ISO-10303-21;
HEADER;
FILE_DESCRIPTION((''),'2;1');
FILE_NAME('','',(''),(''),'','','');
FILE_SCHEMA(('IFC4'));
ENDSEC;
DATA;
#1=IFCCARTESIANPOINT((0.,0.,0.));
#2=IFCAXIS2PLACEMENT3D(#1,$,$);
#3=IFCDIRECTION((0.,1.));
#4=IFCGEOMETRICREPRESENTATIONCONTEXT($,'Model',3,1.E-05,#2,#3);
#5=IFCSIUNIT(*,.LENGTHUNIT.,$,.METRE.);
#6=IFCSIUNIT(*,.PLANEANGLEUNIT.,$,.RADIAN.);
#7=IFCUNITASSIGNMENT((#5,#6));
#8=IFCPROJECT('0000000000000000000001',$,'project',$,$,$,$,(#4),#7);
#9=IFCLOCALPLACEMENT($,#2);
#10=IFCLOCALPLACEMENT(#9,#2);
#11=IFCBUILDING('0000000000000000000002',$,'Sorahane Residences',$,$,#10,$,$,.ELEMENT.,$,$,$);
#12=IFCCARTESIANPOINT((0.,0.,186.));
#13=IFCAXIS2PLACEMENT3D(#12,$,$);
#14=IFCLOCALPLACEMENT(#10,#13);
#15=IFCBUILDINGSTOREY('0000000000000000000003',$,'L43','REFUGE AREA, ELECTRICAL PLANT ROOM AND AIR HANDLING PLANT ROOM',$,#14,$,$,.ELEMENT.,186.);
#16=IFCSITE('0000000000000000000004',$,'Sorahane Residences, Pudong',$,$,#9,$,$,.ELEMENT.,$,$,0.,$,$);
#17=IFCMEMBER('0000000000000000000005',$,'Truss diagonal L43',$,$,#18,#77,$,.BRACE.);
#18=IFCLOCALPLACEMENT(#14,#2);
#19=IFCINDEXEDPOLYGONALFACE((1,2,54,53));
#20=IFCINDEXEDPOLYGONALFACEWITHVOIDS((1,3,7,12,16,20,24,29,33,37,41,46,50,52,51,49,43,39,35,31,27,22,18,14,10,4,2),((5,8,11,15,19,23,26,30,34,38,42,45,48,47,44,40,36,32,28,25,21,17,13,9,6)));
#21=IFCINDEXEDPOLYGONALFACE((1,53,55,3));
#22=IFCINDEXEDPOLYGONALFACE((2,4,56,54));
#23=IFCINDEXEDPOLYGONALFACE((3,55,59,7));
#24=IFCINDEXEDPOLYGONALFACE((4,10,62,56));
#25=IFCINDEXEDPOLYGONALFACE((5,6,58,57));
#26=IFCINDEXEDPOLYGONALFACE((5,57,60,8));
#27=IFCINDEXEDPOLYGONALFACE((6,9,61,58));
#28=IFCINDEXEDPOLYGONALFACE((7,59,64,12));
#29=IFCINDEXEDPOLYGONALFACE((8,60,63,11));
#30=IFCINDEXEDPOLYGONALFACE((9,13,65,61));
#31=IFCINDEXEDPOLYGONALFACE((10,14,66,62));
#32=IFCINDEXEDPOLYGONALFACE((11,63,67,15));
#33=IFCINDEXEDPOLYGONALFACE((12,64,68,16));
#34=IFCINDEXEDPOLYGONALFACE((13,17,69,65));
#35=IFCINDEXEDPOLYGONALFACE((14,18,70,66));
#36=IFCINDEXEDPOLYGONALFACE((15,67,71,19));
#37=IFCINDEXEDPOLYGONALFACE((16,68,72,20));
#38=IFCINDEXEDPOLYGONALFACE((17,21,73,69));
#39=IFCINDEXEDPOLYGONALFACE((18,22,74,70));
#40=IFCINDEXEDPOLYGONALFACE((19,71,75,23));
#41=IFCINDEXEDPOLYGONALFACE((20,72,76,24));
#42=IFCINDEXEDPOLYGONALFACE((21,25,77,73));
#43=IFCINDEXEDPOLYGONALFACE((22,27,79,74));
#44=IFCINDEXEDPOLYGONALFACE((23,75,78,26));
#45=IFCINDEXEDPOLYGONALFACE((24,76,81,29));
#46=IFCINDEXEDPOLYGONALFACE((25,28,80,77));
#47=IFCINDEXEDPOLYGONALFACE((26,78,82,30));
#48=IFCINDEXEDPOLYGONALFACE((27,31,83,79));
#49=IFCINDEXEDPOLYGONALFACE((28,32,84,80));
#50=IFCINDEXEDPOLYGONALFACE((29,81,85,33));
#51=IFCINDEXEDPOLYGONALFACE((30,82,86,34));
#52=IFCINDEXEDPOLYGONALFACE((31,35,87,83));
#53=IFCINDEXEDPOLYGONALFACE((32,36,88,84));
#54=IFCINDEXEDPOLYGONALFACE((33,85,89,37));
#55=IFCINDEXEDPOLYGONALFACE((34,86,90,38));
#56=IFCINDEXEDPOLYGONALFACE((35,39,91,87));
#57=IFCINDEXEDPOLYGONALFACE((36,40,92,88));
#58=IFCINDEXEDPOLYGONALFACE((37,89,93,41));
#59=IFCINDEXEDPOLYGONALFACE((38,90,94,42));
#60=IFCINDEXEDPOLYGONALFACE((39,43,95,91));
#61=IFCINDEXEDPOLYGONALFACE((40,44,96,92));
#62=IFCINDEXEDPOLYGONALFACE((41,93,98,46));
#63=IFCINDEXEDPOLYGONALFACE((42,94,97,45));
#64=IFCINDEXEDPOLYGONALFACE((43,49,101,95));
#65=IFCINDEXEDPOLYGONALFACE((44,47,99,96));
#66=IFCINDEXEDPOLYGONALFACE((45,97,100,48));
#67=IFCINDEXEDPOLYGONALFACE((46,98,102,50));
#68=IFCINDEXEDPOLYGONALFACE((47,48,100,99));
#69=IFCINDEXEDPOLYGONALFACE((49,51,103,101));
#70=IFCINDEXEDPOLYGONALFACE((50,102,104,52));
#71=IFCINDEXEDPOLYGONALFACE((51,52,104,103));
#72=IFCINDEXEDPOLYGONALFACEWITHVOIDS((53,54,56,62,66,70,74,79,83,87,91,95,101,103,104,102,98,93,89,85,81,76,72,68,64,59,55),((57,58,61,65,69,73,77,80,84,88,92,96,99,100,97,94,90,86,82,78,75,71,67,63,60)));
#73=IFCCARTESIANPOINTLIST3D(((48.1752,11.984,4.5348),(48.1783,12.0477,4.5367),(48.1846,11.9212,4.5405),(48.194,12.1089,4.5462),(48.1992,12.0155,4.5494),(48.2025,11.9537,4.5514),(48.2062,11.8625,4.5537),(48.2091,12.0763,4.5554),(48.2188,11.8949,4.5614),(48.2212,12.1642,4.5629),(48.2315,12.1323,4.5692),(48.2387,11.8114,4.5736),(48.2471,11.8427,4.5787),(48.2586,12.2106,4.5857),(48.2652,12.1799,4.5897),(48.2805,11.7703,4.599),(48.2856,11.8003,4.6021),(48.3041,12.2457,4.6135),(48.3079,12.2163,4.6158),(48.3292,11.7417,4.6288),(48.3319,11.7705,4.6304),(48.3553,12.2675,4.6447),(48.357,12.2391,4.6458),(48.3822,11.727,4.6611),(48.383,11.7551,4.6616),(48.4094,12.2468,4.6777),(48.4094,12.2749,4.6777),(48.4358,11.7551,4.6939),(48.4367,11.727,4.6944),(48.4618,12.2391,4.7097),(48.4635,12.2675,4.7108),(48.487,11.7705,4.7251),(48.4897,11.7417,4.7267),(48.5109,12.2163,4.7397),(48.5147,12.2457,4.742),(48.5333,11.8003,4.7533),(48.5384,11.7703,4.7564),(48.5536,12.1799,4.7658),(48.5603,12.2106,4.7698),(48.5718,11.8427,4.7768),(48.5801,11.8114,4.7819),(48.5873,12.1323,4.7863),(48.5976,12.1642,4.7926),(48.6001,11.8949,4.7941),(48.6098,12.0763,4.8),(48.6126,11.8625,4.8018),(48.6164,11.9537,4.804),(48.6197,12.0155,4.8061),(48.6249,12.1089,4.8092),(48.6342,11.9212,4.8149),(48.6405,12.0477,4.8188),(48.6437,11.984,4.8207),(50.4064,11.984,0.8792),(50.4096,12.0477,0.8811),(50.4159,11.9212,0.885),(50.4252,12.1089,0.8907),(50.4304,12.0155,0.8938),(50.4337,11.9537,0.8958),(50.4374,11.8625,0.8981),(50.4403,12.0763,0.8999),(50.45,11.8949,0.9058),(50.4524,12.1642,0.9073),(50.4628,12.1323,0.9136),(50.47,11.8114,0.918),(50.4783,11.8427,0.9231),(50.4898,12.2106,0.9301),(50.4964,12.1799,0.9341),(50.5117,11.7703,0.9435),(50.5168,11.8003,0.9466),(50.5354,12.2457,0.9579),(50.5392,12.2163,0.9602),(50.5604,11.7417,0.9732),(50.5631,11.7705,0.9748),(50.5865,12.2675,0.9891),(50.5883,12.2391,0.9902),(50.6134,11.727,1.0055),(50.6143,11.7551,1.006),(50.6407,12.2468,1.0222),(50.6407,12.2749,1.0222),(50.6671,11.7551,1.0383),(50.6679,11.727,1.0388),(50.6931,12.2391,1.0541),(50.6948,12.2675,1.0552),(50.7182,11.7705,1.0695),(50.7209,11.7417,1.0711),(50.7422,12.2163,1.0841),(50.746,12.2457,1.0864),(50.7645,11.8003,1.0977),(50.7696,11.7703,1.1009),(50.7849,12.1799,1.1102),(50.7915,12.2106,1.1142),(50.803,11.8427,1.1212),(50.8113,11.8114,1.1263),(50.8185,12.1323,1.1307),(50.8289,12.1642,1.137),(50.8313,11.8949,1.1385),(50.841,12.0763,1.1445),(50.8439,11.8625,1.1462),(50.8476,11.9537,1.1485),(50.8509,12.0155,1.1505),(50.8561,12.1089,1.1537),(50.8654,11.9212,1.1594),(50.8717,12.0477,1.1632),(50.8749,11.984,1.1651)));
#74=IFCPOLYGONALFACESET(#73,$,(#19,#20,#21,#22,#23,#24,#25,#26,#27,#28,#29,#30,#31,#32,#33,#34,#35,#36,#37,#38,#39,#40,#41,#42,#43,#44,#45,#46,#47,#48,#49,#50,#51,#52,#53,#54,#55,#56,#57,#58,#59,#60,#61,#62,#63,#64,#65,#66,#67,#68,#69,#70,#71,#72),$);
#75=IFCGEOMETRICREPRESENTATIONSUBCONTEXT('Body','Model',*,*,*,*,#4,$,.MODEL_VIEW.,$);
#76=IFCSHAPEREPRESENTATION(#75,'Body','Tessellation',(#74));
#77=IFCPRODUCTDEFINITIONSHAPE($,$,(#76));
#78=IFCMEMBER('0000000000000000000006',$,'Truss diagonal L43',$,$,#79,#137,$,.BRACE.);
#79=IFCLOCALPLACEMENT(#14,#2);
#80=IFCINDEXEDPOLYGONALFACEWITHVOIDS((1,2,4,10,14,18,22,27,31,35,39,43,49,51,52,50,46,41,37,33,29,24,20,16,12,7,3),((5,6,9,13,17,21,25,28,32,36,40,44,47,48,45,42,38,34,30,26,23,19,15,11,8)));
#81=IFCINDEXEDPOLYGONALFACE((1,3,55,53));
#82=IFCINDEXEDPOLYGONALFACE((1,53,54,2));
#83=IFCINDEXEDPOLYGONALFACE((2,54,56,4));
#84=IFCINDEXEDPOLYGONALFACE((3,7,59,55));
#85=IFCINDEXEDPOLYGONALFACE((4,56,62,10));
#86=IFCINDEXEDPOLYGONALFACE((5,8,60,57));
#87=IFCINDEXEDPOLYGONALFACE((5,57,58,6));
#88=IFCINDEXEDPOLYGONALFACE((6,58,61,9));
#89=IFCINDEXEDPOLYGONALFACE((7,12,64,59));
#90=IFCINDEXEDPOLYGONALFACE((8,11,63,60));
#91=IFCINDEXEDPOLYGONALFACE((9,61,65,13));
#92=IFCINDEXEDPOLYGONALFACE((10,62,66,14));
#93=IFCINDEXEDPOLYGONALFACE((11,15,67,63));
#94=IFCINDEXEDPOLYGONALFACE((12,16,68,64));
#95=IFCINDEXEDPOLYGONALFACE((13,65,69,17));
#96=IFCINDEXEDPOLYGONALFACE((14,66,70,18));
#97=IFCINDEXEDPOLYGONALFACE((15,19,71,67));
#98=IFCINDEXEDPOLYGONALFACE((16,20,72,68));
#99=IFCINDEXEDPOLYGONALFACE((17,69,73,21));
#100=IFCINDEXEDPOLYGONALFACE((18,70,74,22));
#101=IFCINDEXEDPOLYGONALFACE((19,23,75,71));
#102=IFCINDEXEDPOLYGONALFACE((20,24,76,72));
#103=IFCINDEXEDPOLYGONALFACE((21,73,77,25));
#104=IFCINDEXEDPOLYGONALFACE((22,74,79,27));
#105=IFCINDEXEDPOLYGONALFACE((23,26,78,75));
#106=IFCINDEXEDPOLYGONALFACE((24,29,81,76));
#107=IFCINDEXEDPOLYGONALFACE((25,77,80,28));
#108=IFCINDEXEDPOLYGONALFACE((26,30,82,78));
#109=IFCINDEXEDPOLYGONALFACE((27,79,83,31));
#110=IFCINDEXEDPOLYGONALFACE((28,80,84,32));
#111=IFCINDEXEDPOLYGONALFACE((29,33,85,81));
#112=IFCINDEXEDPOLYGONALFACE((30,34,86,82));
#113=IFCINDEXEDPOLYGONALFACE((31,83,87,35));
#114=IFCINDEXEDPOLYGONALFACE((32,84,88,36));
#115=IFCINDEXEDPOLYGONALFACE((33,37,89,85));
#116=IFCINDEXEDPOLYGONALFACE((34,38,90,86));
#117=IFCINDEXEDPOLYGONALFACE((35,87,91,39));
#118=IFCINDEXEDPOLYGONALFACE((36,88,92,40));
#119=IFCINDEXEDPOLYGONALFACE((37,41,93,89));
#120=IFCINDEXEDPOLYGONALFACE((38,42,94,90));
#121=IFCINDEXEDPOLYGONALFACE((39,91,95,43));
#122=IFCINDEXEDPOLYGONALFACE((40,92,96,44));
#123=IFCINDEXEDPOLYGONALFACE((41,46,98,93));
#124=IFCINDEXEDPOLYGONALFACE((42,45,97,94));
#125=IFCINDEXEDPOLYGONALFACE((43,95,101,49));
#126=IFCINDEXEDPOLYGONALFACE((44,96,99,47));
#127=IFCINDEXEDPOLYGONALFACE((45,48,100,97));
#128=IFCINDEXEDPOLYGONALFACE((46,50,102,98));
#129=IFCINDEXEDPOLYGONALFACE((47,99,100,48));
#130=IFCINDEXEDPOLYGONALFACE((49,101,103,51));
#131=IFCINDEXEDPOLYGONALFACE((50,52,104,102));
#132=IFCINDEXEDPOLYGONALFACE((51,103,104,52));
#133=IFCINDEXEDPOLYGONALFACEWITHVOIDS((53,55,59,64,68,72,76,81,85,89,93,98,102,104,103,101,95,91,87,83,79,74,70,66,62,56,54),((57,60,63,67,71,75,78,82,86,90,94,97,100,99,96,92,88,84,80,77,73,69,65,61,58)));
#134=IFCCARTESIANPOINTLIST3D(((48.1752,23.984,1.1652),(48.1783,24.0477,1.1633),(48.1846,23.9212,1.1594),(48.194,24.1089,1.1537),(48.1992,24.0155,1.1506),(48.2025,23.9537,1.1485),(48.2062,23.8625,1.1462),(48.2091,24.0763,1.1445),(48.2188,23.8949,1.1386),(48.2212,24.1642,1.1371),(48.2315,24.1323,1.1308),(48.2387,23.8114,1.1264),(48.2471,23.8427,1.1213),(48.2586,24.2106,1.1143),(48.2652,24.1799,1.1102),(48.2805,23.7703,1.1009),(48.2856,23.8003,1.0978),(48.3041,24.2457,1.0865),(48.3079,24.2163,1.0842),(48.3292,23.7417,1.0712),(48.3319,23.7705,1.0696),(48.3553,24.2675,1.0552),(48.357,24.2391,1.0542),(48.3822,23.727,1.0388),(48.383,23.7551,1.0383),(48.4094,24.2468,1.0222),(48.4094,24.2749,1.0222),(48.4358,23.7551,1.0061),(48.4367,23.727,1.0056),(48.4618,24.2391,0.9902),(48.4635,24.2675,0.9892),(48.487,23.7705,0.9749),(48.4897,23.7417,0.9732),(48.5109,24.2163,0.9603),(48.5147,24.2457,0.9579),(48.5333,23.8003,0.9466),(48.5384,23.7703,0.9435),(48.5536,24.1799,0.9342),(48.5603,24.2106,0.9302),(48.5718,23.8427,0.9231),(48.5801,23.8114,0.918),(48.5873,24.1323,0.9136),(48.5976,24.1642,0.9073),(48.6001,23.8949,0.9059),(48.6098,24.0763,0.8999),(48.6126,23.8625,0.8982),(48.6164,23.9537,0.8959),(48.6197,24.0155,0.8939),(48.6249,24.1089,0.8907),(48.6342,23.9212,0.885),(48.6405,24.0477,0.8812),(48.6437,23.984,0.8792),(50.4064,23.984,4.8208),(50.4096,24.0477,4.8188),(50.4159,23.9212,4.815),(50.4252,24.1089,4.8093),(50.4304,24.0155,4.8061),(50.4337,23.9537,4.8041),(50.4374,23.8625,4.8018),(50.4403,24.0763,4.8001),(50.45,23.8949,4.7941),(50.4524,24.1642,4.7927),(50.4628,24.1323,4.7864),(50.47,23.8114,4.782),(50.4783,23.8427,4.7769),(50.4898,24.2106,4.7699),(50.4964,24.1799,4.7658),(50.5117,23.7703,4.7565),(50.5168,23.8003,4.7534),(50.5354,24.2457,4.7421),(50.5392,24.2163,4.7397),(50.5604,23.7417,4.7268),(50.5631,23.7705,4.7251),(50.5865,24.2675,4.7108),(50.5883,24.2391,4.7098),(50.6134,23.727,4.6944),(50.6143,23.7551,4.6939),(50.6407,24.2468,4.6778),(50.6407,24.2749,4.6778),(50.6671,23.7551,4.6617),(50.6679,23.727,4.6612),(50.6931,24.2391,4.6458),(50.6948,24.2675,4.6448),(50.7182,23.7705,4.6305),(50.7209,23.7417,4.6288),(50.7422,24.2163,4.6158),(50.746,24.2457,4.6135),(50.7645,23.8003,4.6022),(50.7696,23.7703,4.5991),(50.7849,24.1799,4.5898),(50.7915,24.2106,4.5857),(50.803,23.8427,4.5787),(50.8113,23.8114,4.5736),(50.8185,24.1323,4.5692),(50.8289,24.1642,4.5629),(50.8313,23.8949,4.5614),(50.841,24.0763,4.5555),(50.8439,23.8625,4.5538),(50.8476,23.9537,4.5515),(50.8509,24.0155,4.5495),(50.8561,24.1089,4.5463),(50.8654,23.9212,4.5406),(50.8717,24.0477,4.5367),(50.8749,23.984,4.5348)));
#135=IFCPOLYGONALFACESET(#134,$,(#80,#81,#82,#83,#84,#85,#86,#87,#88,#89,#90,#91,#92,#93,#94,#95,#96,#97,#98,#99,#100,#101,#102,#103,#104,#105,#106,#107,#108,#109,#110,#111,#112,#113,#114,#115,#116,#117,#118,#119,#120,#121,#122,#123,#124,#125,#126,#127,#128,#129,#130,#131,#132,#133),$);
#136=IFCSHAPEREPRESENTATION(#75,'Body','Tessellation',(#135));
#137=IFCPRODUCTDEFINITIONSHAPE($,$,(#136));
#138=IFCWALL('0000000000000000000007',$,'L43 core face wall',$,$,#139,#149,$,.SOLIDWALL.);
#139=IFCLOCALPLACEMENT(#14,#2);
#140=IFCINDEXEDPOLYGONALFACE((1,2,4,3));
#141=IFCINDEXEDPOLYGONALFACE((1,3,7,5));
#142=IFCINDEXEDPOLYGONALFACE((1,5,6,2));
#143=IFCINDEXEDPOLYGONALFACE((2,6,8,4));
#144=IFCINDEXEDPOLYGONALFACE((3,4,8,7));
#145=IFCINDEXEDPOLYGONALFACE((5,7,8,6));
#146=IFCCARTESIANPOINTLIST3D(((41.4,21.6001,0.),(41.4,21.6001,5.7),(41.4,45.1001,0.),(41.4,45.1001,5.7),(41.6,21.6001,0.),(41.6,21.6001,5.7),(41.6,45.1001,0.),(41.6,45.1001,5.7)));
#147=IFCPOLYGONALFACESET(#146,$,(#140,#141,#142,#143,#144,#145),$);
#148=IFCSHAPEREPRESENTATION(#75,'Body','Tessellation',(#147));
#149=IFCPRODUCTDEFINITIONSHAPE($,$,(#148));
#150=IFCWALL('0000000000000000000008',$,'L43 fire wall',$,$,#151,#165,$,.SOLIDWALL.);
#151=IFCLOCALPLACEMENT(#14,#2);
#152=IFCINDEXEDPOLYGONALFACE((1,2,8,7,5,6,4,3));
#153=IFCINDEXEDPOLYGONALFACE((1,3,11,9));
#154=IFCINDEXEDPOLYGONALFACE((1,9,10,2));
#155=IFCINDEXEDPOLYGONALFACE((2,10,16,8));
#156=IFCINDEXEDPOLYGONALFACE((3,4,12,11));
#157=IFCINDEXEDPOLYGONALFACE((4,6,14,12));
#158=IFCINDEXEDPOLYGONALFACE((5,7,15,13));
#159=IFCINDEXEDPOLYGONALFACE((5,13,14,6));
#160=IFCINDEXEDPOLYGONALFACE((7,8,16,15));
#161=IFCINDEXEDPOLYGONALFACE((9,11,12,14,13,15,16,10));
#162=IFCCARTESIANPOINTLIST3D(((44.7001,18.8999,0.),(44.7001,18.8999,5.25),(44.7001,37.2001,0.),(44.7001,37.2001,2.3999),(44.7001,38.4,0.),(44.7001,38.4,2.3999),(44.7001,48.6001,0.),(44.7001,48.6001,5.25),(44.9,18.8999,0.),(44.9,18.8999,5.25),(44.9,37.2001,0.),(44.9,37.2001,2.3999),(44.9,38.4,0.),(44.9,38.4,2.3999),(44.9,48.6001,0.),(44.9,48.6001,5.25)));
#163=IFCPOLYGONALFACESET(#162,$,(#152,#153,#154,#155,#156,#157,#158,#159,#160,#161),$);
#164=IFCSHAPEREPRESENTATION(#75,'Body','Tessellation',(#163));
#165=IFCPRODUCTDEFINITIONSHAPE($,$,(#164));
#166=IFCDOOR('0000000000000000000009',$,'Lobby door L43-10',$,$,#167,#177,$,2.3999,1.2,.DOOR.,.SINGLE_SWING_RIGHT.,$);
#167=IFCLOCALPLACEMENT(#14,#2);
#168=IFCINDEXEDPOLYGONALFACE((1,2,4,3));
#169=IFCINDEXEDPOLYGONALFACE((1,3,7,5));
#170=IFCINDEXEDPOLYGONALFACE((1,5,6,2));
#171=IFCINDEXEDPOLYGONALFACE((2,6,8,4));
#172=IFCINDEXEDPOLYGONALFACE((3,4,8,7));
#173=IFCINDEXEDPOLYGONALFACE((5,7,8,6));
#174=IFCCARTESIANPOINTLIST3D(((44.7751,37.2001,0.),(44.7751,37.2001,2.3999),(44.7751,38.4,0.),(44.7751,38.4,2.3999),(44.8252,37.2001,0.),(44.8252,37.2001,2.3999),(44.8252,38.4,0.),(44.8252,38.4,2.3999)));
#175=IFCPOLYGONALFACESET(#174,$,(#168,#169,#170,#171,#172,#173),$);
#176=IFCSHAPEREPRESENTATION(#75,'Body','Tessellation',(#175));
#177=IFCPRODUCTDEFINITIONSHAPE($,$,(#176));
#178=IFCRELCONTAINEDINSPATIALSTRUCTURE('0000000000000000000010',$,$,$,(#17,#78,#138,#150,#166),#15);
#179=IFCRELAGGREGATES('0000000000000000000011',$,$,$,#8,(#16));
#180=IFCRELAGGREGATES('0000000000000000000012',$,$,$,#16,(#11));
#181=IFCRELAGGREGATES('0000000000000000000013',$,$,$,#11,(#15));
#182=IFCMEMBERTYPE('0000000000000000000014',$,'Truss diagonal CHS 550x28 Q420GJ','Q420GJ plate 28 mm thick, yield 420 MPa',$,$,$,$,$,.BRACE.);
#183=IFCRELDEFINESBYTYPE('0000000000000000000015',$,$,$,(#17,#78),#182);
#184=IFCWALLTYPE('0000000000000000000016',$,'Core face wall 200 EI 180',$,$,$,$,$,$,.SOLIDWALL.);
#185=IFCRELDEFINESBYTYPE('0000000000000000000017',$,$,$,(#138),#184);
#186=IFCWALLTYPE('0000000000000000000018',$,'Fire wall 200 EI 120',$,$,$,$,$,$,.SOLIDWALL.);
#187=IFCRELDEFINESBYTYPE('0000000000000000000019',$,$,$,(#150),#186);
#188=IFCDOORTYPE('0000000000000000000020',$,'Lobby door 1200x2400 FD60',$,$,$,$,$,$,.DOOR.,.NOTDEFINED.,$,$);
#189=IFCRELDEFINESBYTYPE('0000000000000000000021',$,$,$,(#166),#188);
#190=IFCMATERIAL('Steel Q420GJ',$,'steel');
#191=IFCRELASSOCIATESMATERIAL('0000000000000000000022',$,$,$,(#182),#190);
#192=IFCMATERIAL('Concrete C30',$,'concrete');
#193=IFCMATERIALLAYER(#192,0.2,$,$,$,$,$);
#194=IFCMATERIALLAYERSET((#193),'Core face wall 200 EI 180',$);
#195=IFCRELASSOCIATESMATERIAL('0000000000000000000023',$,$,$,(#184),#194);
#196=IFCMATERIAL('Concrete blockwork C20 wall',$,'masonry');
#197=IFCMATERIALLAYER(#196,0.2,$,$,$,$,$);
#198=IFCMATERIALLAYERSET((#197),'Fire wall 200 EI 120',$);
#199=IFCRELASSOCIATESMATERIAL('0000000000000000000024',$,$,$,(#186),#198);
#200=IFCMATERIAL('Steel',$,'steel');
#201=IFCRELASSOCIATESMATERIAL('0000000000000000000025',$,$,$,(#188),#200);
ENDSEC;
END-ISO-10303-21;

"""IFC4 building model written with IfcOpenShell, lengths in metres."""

from ifc_helpers import new_model, si_unit, direction, frame, frame_2d, origin, origin_2d, place, context, subcontext, project, spatial, rectangle, hollow_circle, extrude, material, layer, layer_set, material_profile, profile_set, type_object, element, fill, save


model = new_model("IFC4")

# Units and contexts
model_context = context("Model", 3, precision=1e-05, world=origin(), true_north=direction((0.0, 1.0)))
body_context = subcontext(model_context, "Body", "Model", "MODEL_VIEW")
ifc_project = project(units=[si_unit("LENGTHUNIT", "METRE"), si_unit("PLANEANGLEUNIT", "RADIAN")], contexts=[model_context])

# Site, building, storey
site_placement = place(None, origin())
site = spatial("IfcSite", under=ifc_project, at=site_placement, Name="Sorahane Residences, Pudong", CompositionType="ELEMENT", RefElevation=0.0)
building_placement = place(site_placement, origin())
building = spatial("IfcBuilding", under=site, at=building_placement, Name="Sorahane Residences", CompositionType="ELEMENT")
storey_placement = place(building_placement, frame((0.0, 0.0, 186.0)))
storey = spatial("IfcBuildingStorey", under=building, at=storey_placement, Name="L43", Description="REFUGE AREA, ELECTRICAL PLANT ROOM AND AIR HANDLING PLANT ROOM", CompositionType="ELEMENT", Elevation=186.0)

# Members
ifc_material_1 = material(Name="Steel Q420GJ", Category="steel")
ifc_material_profile_1 = material_profile(ifc_material_1, hollow_circle(Radius=0.2749, WallThickness=0.0281, at=origin_2d()), Name="CHS 550x28")
ifc_profile_set_1 = profile_set([ifc_material_profile_1], Name="Steel Q420GJ")
member_type = type_object("IfcMemberType", Name="Truss diagonal CHS 550x28 Q420GJ", Description="Q420GJ plate 28 mm thick, yield 420 MPa", PredefinedType="BRACE", material=ifc_profile_set_1)
for number, where, z_axis, x_axis, name in (
    (1, (48.4094, 12.0, 4.6777), (0.520986, 0.0, -0.853565), (0.0, 1.0, 0.0), "Truss diagonal L43"),
    (2, (48.4094, 24.0, 1.0222), (0.520986, 0.0, 0.853565), (0.0, 1.0, 0.0), "Truss diagonal L43"),
):
    element("IfcMember", number, at=place(storey_placement, frame(where, z_axis=z_axis, x_axis=x_axis)), inside=storey, type_object=member_type, Name=name, PredefinedType="BRACE", context=body_context, shape_type="SweptSolid", body=[
        extrude(hollow_circle(Radius=0.2749, WallThickness=0.0281, at=origin_2d()), origin(), (0.0, 0.0, 1.0), 4.2827),
    ])

# Wall
ifc_material_2 = material(Name="Concrete C30", Category="concrete")
ifc_layer_1 = layer(ifc_material_2, 0.2)
ifc_layer_set_1 = layer_set([ifc_layer_1], Name="Core face wall 200 EI 180")
wall_type_1 = type_object("IfcWallType", Name="Core face wall 200 EI 180", PredefinedType="SOLIDWALL", material=ifc_layer_set_1)
wall_1_placement = place(storey_placement, frame((41.5, 21.6001, 0.0), z_axis=(0.0, 0.0, 1.0), x_axis=(0.0, 1.0, 0.0)))
element("IfcWall", 3, at=wall_1_placement, inside=storey, type_object=wall_type_1, Name="L43 core face wall", PredefinedType="SOLIDWALL", context=body_context, shape_type="SweptSolid", body=[
    extrude(rectangle(XDim=23.5, YDim=0.2, at=frame_2d((11.75, 0.0))), origin(), (0.0, 0.0, 1.0), 5.7),
])

# Wall, opening, door
ifc_material_3 = material(Name="Concrete blockwork C20 wall", Category="masonry")
ifc_layer_2 = layer(ifc_material_3, 0.2)
ifc_layer_set_2 = layer_set([ifc_layer_2], Name="Fire wall 200 EI 120")
wall_type_2 = type_object("IfcWallType", Name="Fire wall 200 EI 120", PredefinedType="SOLIDWALL", material=ifc_layer_set_2)
wall_2_placement = place(storey_placement, frame((44.8, 18.8999, 0.0), z_axis=(0.0, 0.0, 1.0), x_axis=(0.0, 1.0, 0.0)))
wall_2 = element("IfcWall", 4, at=wall_2_placement, inside=storey, type_object=wall_type_2, Name="L43 fire wall", PredefinedType="SOLIDWALL", context=body_context, shape_type="SweptSolid", body=[
    extrude(rectangle(XDim=29.7002, YDim=0.2, at=frame_2d((14.8501, 0.0))), origin(), (0.0, 0.0, 1.0), 5.25),
])
opening_placement = place(wall_2_placement, frame((18.3, 0.0, 0.0)))
opening = element("IfcOpeningElement", 5, at=opening_placement, cuts=wall_2, PredefinedType="OPENING", context=body_context, shape_type="SweptSolid", body=[
    extrude(rectangle(XDim=1.2, YDim=2.3999, at=frame_2d((0.6001, 1.2))), frame((0.0, 0.1099, 0.0), z_axis=(0.0, -1.0, 0.0), x_axis=(1.0, 0.0, 0.0)), (0.0, 0.0, 1.0), 0.22),
])
ifc_material_4 = material(Name="Steel", Category="steel")
door_type = type_object("IfcDoorType", Name="Lobby door 1200x2400 FD60", OperationType="NOTDEFINED", PredefinedType="DOOR", material=ifc_material_4)
door_placement = place(opening_placement, origin())
door = element("IfcDoor", 6, at=door_placement, inside=storey, type_object=door_type, Name="Lobby door L43-10", OperationType="SINGLE_SWING_RIGHT", OverallHeight=2.3999, OverallWidth=1.2, PredefinedType="DOOR", context=body_context, shape_type="SweptSolid", body=[
    extrude(rectangle(XDim=1.2, YDim=2.3999, at=frame_2d((0.6001, 1.2))), frame((0.0, 0.0249, 0.0), z_axis=(0.0, -1.0, 0.0), x_axis=(1.0, 0.0, 0.0)), (0.0, 0.0, 1.0), 0.05),
])
fill(opening, door)

save(model, "model.ifc")
